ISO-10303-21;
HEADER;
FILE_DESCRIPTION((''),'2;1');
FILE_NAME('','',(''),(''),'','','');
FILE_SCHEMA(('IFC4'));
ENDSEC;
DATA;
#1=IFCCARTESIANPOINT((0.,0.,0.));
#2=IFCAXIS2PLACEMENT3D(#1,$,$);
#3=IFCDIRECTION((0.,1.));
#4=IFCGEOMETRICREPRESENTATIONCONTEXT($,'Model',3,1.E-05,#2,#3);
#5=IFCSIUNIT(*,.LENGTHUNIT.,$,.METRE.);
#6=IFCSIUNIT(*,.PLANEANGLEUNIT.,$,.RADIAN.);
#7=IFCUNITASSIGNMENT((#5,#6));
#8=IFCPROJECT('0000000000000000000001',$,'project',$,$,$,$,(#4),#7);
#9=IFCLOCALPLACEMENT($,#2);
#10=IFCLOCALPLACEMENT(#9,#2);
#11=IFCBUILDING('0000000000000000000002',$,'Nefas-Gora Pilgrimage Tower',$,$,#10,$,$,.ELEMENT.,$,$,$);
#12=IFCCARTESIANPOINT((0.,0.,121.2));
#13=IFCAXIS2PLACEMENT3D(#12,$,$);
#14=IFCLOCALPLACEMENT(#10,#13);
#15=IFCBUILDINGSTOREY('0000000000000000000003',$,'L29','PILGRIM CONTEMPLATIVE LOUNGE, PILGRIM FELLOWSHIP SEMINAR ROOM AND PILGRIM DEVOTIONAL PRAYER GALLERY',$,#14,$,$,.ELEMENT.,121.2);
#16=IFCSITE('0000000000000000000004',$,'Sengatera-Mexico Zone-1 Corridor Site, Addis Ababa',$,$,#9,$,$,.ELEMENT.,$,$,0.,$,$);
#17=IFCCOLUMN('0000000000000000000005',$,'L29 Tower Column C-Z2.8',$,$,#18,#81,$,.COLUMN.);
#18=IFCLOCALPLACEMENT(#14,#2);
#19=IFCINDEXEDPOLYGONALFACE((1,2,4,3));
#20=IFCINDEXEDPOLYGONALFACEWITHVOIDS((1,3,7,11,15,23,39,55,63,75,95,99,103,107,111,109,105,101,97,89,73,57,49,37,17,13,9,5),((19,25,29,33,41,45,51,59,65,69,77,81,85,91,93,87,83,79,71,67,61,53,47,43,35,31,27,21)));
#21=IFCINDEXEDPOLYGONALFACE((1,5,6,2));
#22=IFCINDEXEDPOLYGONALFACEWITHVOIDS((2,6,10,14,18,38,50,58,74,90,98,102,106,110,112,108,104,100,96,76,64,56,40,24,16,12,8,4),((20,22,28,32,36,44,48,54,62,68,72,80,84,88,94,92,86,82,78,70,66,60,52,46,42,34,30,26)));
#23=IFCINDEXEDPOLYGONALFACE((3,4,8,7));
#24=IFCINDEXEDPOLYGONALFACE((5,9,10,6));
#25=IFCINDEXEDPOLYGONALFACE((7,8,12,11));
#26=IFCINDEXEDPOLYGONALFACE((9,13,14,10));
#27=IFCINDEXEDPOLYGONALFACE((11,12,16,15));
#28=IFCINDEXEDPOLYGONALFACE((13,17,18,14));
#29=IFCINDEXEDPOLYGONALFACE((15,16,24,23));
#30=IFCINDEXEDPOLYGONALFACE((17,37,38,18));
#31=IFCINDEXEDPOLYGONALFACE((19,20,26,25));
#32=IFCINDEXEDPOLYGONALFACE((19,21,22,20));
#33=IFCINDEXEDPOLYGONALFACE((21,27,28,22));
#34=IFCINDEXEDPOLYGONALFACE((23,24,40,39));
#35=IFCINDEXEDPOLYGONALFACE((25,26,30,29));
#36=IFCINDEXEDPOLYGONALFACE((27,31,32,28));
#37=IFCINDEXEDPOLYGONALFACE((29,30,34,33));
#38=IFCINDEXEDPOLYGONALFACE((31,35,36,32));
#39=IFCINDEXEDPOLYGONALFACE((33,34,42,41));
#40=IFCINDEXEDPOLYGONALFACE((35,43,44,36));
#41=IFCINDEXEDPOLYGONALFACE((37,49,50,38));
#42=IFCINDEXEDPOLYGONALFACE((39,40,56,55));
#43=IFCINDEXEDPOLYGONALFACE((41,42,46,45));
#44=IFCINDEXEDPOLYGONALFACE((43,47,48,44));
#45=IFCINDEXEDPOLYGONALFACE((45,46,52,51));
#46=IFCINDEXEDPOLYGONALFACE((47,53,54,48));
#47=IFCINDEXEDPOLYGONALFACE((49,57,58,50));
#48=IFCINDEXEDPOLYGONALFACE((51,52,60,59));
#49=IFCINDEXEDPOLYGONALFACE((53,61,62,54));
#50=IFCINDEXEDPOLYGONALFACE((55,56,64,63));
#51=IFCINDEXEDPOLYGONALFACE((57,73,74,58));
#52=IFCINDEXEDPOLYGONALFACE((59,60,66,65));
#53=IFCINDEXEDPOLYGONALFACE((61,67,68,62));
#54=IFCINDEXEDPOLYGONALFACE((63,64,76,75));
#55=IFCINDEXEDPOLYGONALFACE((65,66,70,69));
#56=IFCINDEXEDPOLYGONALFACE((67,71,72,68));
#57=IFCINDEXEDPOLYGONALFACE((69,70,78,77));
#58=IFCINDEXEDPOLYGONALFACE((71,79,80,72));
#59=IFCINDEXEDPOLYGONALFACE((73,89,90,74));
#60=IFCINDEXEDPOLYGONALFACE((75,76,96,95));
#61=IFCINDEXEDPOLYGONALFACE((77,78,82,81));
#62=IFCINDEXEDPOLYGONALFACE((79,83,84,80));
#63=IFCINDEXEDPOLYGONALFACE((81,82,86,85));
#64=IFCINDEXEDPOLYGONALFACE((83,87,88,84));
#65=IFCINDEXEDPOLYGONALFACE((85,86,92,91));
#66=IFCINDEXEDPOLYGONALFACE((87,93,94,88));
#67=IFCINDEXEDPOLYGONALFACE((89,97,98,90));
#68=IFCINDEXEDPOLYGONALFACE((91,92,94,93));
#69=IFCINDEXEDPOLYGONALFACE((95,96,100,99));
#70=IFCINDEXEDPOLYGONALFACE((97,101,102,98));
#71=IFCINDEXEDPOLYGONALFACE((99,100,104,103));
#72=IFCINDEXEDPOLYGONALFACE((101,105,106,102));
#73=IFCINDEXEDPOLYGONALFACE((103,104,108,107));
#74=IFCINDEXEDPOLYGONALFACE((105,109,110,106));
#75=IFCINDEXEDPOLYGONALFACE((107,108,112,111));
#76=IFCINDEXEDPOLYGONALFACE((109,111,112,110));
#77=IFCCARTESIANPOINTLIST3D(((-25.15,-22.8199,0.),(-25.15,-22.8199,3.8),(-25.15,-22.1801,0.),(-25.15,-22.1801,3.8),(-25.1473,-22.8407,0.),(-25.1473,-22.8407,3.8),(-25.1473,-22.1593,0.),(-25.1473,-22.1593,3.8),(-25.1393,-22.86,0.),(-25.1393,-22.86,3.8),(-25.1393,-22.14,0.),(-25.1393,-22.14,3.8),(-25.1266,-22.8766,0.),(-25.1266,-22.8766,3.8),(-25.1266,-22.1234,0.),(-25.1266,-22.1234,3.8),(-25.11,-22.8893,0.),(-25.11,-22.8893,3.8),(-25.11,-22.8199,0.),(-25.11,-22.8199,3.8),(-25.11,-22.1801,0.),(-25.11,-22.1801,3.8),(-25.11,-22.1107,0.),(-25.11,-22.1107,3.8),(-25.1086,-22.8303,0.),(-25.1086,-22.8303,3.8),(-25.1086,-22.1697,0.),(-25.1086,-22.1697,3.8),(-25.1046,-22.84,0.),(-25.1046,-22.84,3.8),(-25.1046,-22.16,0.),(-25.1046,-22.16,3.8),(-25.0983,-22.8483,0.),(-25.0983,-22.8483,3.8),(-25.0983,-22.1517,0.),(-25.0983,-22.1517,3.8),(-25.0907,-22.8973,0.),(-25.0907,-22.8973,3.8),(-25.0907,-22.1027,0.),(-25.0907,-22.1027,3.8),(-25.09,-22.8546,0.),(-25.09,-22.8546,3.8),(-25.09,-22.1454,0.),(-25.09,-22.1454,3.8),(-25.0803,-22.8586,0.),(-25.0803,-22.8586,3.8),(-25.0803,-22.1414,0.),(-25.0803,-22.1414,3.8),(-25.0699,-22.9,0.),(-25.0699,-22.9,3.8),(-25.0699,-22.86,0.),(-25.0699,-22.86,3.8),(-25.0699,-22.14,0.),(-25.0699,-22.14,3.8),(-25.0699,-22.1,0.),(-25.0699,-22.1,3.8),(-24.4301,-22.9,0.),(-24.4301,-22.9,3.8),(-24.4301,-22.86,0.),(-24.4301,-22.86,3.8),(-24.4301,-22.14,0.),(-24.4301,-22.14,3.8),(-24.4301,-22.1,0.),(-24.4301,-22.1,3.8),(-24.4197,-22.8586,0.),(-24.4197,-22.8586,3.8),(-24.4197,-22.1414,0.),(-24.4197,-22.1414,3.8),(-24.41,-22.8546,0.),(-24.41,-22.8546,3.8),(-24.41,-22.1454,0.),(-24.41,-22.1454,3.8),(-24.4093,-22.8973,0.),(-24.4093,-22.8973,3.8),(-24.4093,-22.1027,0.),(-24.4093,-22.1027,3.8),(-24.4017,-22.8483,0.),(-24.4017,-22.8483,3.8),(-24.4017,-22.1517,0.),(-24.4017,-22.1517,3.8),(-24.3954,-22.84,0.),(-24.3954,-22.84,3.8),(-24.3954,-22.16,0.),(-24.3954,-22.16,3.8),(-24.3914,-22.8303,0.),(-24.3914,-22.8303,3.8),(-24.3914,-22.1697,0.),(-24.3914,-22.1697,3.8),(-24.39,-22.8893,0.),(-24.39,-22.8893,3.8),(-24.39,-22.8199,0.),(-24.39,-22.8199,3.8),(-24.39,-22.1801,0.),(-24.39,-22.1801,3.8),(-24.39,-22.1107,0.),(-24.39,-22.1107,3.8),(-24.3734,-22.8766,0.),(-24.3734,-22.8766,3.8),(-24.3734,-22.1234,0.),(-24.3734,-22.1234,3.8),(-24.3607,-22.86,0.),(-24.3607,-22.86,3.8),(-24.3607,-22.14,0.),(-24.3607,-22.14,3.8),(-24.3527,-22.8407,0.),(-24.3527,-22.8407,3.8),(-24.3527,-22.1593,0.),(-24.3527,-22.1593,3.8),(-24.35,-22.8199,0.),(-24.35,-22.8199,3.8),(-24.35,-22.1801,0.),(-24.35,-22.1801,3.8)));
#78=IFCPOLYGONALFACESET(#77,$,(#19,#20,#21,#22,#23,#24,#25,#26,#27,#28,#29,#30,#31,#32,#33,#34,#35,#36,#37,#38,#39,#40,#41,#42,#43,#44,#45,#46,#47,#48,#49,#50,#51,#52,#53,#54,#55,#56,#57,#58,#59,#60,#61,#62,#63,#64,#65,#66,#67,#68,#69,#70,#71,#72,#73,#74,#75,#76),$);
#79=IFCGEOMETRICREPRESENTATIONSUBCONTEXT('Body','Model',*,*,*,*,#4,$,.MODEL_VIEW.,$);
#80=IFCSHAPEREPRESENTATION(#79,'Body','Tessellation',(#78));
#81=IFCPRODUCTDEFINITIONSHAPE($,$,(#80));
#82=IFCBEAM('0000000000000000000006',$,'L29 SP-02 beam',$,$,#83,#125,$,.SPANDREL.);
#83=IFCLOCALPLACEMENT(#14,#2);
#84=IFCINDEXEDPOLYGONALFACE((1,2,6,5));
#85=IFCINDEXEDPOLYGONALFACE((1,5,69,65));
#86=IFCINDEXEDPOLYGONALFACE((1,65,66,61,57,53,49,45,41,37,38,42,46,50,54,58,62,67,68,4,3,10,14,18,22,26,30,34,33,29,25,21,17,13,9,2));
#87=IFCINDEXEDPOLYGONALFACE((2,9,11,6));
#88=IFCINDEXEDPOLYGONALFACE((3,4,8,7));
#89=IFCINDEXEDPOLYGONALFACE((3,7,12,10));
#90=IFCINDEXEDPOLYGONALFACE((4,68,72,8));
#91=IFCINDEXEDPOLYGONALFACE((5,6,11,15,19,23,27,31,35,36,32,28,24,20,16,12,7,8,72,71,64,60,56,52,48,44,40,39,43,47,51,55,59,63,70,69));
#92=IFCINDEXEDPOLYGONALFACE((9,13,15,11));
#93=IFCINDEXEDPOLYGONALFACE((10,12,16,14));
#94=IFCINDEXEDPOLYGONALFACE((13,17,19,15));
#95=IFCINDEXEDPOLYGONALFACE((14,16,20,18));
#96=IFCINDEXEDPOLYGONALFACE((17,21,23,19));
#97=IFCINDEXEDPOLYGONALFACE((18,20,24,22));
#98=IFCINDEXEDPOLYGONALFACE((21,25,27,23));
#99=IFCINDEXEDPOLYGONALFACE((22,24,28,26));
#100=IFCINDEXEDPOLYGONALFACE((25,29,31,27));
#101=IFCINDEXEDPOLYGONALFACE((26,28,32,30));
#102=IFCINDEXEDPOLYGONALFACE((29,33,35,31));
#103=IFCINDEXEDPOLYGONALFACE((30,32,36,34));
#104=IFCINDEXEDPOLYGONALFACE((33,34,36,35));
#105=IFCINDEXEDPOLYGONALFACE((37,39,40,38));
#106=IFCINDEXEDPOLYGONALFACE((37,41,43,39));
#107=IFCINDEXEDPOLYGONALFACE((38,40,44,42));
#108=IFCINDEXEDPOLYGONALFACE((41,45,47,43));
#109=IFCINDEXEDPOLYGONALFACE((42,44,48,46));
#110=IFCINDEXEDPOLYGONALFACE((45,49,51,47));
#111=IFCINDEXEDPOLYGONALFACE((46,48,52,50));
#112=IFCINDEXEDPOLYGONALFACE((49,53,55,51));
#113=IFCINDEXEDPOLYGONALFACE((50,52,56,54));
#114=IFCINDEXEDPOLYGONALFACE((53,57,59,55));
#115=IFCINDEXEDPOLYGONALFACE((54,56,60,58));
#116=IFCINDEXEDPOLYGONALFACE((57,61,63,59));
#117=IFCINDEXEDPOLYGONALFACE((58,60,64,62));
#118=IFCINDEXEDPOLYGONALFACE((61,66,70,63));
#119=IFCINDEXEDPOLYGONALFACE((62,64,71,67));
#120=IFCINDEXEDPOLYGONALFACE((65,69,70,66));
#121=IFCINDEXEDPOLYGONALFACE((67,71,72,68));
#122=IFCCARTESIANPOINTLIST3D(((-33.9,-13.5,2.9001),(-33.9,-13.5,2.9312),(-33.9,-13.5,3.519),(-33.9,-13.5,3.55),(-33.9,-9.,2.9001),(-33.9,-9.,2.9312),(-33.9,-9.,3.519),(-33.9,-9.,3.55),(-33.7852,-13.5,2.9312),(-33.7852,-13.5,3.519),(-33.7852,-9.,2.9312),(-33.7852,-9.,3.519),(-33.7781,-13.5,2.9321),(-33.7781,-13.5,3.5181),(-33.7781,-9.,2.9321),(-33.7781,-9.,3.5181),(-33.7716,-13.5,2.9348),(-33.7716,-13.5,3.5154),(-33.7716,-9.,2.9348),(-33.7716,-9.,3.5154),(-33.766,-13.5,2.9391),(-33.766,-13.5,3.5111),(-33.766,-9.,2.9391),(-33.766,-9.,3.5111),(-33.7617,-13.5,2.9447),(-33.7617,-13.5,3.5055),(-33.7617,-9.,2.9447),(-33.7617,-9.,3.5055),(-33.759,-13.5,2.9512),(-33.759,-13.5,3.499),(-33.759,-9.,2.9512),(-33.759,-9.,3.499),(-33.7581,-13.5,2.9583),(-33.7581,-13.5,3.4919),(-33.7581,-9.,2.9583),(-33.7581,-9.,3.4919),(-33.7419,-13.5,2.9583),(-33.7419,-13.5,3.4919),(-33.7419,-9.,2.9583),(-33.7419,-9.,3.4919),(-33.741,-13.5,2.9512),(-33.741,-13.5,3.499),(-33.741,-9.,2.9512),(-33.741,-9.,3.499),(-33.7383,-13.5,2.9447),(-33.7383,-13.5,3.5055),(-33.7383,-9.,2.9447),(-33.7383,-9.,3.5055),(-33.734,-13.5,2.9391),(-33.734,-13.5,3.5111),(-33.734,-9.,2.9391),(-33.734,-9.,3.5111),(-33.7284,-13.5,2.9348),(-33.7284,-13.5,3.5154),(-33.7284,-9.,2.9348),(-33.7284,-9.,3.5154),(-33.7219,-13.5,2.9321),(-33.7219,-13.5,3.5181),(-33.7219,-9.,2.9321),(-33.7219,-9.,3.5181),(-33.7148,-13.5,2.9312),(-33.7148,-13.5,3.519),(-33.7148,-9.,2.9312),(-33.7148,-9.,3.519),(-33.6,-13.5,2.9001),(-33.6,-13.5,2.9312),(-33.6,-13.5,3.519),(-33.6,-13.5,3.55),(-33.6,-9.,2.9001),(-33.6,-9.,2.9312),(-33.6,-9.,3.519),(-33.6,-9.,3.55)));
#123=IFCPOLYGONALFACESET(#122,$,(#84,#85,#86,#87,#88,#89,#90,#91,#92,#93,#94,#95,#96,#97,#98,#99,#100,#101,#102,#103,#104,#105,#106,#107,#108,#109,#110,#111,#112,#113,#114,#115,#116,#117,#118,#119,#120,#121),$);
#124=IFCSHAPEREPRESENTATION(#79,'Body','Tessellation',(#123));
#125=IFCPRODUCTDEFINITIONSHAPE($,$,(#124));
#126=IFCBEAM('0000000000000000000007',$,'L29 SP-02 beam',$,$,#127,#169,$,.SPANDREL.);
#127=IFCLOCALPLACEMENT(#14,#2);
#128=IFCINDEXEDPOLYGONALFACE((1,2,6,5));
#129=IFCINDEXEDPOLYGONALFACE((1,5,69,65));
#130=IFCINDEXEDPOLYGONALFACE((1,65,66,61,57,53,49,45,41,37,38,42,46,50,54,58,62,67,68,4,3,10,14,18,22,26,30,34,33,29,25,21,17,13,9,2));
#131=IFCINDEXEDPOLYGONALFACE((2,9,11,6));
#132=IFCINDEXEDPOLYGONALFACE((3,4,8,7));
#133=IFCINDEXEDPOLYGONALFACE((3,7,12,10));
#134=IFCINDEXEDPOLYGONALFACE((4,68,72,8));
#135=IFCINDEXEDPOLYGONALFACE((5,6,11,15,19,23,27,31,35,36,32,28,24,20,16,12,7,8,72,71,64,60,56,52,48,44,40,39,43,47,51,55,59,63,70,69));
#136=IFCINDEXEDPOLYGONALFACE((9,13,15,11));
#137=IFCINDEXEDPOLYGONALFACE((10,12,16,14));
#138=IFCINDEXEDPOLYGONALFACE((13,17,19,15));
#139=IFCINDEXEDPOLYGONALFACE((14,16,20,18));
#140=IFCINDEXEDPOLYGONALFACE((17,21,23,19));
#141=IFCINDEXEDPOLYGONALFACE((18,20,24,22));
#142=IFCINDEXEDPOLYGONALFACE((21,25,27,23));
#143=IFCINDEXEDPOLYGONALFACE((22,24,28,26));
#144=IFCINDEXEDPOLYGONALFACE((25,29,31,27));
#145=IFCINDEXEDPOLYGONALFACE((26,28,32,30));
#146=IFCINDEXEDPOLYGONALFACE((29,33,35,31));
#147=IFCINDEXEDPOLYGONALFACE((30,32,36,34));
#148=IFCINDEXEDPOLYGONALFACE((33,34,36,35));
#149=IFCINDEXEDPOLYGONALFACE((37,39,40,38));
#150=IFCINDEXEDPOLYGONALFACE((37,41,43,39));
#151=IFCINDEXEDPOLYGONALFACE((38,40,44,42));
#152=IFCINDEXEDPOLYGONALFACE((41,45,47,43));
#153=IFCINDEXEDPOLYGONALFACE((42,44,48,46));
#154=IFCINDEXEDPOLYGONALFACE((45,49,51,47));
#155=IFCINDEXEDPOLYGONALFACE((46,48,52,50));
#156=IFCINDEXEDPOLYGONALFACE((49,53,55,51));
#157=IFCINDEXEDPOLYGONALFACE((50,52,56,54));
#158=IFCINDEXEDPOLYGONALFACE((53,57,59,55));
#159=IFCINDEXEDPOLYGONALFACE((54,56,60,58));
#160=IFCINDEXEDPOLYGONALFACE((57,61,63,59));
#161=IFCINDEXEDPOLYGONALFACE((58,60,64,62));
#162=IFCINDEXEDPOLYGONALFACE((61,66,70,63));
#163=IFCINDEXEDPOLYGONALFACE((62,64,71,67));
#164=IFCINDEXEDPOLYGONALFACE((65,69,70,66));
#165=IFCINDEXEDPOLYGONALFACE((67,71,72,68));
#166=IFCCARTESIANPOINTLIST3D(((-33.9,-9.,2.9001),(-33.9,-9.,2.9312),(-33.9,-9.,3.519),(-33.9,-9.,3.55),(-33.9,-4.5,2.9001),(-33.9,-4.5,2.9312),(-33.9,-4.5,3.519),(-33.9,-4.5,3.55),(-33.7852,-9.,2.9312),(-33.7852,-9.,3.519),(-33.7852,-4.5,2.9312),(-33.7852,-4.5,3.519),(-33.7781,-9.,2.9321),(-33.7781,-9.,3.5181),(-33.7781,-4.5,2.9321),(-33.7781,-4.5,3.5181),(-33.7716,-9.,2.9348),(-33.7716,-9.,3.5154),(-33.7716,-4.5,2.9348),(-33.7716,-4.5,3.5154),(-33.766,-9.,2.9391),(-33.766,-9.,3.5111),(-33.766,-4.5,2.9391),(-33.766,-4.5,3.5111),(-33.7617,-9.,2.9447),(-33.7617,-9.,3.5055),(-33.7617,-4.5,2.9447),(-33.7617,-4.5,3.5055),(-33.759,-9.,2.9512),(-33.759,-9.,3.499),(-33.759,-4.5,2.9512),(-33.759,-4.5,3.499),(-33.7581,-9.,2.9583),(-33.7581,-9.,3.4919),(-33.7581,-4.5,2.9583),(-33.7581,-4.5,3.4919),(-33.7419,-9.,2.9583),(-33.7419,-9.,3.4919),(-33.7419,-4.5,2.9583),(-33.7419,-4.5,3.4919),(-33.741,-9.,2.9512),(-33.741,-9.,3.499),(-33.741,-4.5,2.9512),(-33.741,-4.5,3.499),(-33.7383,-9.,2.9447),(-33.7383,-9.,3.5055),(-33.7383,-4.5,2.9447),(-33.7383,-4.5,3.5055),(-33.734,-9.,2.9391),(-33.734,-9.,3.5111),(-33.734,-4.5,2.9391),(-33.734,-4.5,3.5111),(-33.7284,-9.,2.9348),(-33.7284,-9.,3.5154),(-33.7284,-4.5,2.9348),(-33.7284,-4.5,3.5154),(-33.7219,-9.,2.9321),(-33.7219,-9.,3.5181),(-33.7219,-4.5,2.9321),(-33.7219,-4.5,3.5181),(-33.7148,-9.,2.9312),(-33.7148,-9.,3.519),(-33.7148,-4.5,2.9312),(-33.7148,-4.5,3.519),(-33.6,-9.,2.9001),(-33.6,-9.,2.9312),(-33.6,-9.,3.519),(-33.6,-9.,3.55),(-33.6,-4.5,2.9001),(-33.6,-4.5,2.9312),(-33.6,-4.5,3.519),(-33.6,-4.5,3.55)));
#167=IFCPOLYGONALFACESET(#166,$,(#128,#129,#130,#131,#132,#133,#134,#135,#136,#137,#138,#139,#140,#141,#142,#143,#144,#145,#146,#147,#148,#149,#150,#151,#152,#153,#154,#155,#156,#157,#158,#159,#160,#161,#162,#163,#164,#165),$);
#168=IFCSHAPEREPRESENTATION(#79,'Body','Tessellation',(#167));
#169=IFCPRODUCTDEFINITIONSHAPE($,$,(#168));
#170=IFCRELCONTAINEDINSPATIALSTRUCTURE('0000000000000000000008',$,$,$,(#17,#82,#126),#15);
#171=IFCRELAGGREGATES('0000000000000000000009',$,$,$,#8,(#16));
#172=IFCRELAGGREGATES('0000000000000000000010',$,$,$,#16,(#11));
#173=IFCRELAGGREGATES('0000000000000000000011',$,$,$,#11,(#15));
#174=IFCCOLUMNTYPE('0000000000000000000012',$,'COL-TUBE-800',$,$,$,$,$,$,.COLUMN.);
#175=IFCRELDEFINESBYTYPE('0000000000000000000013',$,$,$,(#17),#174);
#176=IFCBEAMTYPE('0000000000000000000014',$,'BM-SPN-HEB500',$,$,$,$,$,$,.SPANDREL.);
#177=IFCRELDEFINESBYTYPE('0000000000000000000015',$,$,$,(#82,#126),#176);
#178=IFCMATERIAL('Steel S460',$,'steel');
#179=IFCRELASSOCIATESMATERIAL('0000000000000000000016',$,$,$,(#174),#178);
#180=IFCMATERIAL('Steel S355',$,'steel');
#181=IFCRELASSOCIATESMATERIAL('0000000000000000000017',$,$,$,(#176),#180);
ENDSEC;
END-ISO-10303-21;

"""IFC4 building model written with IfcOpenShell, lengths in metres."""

from ifc_helpers import new_model, si_unit, direction, frame, origin, origin_2d, place, context, subcontext, project, spatial, hollow_rectangle, i_section, extrude, source, transform, mapped, material, material_profile, profile_set, type_object, element, save


model = new_model("IFC4")

# Units and contexts
model_context = context("Model", 3, precision=1e-05, world=origin(), true_north=direction((0.0, 1.0)))
body_context = subcontext(model_context, "Body", "Model", "MODEL_VIEW")
ifc_project = project(units=[si_unit("LENGTHUNIT", "METRE"), si_unit("PLANEANGLEUNIT", "RADIAN")], contexts=[model_context])

# Site, building, storey
site_placement = place(None, origin())
site = spatial("IfcSite", under=ifc_project, at=site_placement, Name="Sengatera-Mexico Zone-1 Corridor Site, Addis Ababa", CompositionType="ELEMENT", RefElevation=0.0)
building_placement = place(site_placement, origin())
building = spatial("IfcBuilding", under=site, at=building_placement, Name="Nefas-Gora Pilgrimage Tower", CompositionType="ELEMENT")
storey_placement = place(building_placement, frame((0.0, 0.0, 121.2)))
storey = spatial("IfcBuildingStorey", under=building, at=storey_placement, Name="L29", Description="PILGRIM CONTEMPLATIVE LOUNGE, PILGRIM FELLOWSHIP SEMINAR ROOM AND PILGRIM DEVOTIONAL PRAYER GALLERY", CompositionType="ELEMENT", Elevation=121.2)

# Column
ifc_material_1 = material(Name="Steel S460", Category="steel")
ifc_material_profile_1 = material_profile(ifc_material_1, hollow_rectangle(XDim=0.8, YDim=0.8, WallThickness=0.04, InnerFilletRadius=0.04, OuterFilletRadius=0.0801, at=origin_2d()), Name="BOX 800x800x40")
ifc_profile_set_1 = profile_set([ifc_material_profile_1], Name="Steel S460")
column_type_1 = type_object("IfcColumnType", Name="COL-TUBE-800", PredefinedType="COLUMN", material=ifc_profile_set_1)
shared_shape_1 = source(origin(), body_context, "Body", "SweptSolid", [
    extrude(hollow_rectangle(XDim=0.8, YDim=0.8, WallThickness=0.04, InnerFilletRadius=0.04, OuterFilletRadius=0.0801, at=origin_2d()), origin(), (0.0, 0.0, 1.0), 3.8),
])
for number, where, z_axis, x_axis, name in (
    (1, (-24.75, -22.5, 0.0), (0.0, 0.0, 1.0), (1.0, 0.0, 0.0), "L29 Tower Column C-Z2.8"),
):
    element("IfcColumn", number, at=place(storey_placement, frame(where, z_axis=z_axis, x_axis=x_axis)), inside=storey, type_object=column_type_1, Name=name, PredefinedType="COLUMN", context=body_context, shape_type="MappedRepresentation", body=[
        mapped(shared_shape_1, transform((0.0, 0.0, 0.0), x_axis=(1.0, 0.0, 0.0), y_axis=(0.0, 1.0, 0.0), z_axis=(0.0, 0.0, 1.0), scale=1.0)),
    ])

# Beams
ifc_material_2 = material(Name="Steel S355", Category="steel")
ifc_material_profile_2 = material_profile(ifc_material_2, i_section(OverallWidth=0.3, OverallDepth=0.6499, WebThickness=0.0161, FlangeThickness=0.031, FilletRadius=0.0271, at=origin_2d()), Name="HEB 650")
ifc_profile_set_2 = profile_set([ifc_material_profile_2], Name="Steel S355")
beam_type_1 = type_object("IfcBeamType", Name="BM-SPN-HEB500", PredefinedType="SPANDREL", material=ifc_profile_set_2)
shared_shape_2 = source(origin(), body_context, "Body", "SweptSolid", [
    extrude(i_section(OverallWidth=0.3, OverallDepth=0.6499, WebThickness=0.0161, FlangeThickness=0.031, FilletRadius=0.0271, at=origin_2d()), origin(), (0.0, 0.0, 1.0), 4.5),
])
for number, where, z_axis, x_axis, name in (
    (2, (-33.75, -13.5, 3.2251), (0.0, 1.0, 0.0), (-1.0, 0.0, 0.0), "L29 SP-02 beam"),
    (3, (-33.75, -9.0, 3.2251), (0.0, 1.0, 0.0), (-1.0, 0.0, 0.0), "L29 SP-02 beam"),
):
    element("IfcBeam", number, at=place(storey_placement, frame(where, z_axis=z_axis, x_axis=x_axis)), inside=storey, type_object=beam_type_1, Name=name, PredefinedType="SPANDREL", context=body_context, shape_type="MappedRepresentation", body=[
        mapped(shared_shape_2, transform((0.0, 0.0, 0.0), x_axis=(1.0, 0.0, 0.0), y_axis=(0.0, 1.0, 0.0), z_axis=(0.0, 0.0, 1.0), scale=1.0)),
    ])

save(model, "model.ifc")
